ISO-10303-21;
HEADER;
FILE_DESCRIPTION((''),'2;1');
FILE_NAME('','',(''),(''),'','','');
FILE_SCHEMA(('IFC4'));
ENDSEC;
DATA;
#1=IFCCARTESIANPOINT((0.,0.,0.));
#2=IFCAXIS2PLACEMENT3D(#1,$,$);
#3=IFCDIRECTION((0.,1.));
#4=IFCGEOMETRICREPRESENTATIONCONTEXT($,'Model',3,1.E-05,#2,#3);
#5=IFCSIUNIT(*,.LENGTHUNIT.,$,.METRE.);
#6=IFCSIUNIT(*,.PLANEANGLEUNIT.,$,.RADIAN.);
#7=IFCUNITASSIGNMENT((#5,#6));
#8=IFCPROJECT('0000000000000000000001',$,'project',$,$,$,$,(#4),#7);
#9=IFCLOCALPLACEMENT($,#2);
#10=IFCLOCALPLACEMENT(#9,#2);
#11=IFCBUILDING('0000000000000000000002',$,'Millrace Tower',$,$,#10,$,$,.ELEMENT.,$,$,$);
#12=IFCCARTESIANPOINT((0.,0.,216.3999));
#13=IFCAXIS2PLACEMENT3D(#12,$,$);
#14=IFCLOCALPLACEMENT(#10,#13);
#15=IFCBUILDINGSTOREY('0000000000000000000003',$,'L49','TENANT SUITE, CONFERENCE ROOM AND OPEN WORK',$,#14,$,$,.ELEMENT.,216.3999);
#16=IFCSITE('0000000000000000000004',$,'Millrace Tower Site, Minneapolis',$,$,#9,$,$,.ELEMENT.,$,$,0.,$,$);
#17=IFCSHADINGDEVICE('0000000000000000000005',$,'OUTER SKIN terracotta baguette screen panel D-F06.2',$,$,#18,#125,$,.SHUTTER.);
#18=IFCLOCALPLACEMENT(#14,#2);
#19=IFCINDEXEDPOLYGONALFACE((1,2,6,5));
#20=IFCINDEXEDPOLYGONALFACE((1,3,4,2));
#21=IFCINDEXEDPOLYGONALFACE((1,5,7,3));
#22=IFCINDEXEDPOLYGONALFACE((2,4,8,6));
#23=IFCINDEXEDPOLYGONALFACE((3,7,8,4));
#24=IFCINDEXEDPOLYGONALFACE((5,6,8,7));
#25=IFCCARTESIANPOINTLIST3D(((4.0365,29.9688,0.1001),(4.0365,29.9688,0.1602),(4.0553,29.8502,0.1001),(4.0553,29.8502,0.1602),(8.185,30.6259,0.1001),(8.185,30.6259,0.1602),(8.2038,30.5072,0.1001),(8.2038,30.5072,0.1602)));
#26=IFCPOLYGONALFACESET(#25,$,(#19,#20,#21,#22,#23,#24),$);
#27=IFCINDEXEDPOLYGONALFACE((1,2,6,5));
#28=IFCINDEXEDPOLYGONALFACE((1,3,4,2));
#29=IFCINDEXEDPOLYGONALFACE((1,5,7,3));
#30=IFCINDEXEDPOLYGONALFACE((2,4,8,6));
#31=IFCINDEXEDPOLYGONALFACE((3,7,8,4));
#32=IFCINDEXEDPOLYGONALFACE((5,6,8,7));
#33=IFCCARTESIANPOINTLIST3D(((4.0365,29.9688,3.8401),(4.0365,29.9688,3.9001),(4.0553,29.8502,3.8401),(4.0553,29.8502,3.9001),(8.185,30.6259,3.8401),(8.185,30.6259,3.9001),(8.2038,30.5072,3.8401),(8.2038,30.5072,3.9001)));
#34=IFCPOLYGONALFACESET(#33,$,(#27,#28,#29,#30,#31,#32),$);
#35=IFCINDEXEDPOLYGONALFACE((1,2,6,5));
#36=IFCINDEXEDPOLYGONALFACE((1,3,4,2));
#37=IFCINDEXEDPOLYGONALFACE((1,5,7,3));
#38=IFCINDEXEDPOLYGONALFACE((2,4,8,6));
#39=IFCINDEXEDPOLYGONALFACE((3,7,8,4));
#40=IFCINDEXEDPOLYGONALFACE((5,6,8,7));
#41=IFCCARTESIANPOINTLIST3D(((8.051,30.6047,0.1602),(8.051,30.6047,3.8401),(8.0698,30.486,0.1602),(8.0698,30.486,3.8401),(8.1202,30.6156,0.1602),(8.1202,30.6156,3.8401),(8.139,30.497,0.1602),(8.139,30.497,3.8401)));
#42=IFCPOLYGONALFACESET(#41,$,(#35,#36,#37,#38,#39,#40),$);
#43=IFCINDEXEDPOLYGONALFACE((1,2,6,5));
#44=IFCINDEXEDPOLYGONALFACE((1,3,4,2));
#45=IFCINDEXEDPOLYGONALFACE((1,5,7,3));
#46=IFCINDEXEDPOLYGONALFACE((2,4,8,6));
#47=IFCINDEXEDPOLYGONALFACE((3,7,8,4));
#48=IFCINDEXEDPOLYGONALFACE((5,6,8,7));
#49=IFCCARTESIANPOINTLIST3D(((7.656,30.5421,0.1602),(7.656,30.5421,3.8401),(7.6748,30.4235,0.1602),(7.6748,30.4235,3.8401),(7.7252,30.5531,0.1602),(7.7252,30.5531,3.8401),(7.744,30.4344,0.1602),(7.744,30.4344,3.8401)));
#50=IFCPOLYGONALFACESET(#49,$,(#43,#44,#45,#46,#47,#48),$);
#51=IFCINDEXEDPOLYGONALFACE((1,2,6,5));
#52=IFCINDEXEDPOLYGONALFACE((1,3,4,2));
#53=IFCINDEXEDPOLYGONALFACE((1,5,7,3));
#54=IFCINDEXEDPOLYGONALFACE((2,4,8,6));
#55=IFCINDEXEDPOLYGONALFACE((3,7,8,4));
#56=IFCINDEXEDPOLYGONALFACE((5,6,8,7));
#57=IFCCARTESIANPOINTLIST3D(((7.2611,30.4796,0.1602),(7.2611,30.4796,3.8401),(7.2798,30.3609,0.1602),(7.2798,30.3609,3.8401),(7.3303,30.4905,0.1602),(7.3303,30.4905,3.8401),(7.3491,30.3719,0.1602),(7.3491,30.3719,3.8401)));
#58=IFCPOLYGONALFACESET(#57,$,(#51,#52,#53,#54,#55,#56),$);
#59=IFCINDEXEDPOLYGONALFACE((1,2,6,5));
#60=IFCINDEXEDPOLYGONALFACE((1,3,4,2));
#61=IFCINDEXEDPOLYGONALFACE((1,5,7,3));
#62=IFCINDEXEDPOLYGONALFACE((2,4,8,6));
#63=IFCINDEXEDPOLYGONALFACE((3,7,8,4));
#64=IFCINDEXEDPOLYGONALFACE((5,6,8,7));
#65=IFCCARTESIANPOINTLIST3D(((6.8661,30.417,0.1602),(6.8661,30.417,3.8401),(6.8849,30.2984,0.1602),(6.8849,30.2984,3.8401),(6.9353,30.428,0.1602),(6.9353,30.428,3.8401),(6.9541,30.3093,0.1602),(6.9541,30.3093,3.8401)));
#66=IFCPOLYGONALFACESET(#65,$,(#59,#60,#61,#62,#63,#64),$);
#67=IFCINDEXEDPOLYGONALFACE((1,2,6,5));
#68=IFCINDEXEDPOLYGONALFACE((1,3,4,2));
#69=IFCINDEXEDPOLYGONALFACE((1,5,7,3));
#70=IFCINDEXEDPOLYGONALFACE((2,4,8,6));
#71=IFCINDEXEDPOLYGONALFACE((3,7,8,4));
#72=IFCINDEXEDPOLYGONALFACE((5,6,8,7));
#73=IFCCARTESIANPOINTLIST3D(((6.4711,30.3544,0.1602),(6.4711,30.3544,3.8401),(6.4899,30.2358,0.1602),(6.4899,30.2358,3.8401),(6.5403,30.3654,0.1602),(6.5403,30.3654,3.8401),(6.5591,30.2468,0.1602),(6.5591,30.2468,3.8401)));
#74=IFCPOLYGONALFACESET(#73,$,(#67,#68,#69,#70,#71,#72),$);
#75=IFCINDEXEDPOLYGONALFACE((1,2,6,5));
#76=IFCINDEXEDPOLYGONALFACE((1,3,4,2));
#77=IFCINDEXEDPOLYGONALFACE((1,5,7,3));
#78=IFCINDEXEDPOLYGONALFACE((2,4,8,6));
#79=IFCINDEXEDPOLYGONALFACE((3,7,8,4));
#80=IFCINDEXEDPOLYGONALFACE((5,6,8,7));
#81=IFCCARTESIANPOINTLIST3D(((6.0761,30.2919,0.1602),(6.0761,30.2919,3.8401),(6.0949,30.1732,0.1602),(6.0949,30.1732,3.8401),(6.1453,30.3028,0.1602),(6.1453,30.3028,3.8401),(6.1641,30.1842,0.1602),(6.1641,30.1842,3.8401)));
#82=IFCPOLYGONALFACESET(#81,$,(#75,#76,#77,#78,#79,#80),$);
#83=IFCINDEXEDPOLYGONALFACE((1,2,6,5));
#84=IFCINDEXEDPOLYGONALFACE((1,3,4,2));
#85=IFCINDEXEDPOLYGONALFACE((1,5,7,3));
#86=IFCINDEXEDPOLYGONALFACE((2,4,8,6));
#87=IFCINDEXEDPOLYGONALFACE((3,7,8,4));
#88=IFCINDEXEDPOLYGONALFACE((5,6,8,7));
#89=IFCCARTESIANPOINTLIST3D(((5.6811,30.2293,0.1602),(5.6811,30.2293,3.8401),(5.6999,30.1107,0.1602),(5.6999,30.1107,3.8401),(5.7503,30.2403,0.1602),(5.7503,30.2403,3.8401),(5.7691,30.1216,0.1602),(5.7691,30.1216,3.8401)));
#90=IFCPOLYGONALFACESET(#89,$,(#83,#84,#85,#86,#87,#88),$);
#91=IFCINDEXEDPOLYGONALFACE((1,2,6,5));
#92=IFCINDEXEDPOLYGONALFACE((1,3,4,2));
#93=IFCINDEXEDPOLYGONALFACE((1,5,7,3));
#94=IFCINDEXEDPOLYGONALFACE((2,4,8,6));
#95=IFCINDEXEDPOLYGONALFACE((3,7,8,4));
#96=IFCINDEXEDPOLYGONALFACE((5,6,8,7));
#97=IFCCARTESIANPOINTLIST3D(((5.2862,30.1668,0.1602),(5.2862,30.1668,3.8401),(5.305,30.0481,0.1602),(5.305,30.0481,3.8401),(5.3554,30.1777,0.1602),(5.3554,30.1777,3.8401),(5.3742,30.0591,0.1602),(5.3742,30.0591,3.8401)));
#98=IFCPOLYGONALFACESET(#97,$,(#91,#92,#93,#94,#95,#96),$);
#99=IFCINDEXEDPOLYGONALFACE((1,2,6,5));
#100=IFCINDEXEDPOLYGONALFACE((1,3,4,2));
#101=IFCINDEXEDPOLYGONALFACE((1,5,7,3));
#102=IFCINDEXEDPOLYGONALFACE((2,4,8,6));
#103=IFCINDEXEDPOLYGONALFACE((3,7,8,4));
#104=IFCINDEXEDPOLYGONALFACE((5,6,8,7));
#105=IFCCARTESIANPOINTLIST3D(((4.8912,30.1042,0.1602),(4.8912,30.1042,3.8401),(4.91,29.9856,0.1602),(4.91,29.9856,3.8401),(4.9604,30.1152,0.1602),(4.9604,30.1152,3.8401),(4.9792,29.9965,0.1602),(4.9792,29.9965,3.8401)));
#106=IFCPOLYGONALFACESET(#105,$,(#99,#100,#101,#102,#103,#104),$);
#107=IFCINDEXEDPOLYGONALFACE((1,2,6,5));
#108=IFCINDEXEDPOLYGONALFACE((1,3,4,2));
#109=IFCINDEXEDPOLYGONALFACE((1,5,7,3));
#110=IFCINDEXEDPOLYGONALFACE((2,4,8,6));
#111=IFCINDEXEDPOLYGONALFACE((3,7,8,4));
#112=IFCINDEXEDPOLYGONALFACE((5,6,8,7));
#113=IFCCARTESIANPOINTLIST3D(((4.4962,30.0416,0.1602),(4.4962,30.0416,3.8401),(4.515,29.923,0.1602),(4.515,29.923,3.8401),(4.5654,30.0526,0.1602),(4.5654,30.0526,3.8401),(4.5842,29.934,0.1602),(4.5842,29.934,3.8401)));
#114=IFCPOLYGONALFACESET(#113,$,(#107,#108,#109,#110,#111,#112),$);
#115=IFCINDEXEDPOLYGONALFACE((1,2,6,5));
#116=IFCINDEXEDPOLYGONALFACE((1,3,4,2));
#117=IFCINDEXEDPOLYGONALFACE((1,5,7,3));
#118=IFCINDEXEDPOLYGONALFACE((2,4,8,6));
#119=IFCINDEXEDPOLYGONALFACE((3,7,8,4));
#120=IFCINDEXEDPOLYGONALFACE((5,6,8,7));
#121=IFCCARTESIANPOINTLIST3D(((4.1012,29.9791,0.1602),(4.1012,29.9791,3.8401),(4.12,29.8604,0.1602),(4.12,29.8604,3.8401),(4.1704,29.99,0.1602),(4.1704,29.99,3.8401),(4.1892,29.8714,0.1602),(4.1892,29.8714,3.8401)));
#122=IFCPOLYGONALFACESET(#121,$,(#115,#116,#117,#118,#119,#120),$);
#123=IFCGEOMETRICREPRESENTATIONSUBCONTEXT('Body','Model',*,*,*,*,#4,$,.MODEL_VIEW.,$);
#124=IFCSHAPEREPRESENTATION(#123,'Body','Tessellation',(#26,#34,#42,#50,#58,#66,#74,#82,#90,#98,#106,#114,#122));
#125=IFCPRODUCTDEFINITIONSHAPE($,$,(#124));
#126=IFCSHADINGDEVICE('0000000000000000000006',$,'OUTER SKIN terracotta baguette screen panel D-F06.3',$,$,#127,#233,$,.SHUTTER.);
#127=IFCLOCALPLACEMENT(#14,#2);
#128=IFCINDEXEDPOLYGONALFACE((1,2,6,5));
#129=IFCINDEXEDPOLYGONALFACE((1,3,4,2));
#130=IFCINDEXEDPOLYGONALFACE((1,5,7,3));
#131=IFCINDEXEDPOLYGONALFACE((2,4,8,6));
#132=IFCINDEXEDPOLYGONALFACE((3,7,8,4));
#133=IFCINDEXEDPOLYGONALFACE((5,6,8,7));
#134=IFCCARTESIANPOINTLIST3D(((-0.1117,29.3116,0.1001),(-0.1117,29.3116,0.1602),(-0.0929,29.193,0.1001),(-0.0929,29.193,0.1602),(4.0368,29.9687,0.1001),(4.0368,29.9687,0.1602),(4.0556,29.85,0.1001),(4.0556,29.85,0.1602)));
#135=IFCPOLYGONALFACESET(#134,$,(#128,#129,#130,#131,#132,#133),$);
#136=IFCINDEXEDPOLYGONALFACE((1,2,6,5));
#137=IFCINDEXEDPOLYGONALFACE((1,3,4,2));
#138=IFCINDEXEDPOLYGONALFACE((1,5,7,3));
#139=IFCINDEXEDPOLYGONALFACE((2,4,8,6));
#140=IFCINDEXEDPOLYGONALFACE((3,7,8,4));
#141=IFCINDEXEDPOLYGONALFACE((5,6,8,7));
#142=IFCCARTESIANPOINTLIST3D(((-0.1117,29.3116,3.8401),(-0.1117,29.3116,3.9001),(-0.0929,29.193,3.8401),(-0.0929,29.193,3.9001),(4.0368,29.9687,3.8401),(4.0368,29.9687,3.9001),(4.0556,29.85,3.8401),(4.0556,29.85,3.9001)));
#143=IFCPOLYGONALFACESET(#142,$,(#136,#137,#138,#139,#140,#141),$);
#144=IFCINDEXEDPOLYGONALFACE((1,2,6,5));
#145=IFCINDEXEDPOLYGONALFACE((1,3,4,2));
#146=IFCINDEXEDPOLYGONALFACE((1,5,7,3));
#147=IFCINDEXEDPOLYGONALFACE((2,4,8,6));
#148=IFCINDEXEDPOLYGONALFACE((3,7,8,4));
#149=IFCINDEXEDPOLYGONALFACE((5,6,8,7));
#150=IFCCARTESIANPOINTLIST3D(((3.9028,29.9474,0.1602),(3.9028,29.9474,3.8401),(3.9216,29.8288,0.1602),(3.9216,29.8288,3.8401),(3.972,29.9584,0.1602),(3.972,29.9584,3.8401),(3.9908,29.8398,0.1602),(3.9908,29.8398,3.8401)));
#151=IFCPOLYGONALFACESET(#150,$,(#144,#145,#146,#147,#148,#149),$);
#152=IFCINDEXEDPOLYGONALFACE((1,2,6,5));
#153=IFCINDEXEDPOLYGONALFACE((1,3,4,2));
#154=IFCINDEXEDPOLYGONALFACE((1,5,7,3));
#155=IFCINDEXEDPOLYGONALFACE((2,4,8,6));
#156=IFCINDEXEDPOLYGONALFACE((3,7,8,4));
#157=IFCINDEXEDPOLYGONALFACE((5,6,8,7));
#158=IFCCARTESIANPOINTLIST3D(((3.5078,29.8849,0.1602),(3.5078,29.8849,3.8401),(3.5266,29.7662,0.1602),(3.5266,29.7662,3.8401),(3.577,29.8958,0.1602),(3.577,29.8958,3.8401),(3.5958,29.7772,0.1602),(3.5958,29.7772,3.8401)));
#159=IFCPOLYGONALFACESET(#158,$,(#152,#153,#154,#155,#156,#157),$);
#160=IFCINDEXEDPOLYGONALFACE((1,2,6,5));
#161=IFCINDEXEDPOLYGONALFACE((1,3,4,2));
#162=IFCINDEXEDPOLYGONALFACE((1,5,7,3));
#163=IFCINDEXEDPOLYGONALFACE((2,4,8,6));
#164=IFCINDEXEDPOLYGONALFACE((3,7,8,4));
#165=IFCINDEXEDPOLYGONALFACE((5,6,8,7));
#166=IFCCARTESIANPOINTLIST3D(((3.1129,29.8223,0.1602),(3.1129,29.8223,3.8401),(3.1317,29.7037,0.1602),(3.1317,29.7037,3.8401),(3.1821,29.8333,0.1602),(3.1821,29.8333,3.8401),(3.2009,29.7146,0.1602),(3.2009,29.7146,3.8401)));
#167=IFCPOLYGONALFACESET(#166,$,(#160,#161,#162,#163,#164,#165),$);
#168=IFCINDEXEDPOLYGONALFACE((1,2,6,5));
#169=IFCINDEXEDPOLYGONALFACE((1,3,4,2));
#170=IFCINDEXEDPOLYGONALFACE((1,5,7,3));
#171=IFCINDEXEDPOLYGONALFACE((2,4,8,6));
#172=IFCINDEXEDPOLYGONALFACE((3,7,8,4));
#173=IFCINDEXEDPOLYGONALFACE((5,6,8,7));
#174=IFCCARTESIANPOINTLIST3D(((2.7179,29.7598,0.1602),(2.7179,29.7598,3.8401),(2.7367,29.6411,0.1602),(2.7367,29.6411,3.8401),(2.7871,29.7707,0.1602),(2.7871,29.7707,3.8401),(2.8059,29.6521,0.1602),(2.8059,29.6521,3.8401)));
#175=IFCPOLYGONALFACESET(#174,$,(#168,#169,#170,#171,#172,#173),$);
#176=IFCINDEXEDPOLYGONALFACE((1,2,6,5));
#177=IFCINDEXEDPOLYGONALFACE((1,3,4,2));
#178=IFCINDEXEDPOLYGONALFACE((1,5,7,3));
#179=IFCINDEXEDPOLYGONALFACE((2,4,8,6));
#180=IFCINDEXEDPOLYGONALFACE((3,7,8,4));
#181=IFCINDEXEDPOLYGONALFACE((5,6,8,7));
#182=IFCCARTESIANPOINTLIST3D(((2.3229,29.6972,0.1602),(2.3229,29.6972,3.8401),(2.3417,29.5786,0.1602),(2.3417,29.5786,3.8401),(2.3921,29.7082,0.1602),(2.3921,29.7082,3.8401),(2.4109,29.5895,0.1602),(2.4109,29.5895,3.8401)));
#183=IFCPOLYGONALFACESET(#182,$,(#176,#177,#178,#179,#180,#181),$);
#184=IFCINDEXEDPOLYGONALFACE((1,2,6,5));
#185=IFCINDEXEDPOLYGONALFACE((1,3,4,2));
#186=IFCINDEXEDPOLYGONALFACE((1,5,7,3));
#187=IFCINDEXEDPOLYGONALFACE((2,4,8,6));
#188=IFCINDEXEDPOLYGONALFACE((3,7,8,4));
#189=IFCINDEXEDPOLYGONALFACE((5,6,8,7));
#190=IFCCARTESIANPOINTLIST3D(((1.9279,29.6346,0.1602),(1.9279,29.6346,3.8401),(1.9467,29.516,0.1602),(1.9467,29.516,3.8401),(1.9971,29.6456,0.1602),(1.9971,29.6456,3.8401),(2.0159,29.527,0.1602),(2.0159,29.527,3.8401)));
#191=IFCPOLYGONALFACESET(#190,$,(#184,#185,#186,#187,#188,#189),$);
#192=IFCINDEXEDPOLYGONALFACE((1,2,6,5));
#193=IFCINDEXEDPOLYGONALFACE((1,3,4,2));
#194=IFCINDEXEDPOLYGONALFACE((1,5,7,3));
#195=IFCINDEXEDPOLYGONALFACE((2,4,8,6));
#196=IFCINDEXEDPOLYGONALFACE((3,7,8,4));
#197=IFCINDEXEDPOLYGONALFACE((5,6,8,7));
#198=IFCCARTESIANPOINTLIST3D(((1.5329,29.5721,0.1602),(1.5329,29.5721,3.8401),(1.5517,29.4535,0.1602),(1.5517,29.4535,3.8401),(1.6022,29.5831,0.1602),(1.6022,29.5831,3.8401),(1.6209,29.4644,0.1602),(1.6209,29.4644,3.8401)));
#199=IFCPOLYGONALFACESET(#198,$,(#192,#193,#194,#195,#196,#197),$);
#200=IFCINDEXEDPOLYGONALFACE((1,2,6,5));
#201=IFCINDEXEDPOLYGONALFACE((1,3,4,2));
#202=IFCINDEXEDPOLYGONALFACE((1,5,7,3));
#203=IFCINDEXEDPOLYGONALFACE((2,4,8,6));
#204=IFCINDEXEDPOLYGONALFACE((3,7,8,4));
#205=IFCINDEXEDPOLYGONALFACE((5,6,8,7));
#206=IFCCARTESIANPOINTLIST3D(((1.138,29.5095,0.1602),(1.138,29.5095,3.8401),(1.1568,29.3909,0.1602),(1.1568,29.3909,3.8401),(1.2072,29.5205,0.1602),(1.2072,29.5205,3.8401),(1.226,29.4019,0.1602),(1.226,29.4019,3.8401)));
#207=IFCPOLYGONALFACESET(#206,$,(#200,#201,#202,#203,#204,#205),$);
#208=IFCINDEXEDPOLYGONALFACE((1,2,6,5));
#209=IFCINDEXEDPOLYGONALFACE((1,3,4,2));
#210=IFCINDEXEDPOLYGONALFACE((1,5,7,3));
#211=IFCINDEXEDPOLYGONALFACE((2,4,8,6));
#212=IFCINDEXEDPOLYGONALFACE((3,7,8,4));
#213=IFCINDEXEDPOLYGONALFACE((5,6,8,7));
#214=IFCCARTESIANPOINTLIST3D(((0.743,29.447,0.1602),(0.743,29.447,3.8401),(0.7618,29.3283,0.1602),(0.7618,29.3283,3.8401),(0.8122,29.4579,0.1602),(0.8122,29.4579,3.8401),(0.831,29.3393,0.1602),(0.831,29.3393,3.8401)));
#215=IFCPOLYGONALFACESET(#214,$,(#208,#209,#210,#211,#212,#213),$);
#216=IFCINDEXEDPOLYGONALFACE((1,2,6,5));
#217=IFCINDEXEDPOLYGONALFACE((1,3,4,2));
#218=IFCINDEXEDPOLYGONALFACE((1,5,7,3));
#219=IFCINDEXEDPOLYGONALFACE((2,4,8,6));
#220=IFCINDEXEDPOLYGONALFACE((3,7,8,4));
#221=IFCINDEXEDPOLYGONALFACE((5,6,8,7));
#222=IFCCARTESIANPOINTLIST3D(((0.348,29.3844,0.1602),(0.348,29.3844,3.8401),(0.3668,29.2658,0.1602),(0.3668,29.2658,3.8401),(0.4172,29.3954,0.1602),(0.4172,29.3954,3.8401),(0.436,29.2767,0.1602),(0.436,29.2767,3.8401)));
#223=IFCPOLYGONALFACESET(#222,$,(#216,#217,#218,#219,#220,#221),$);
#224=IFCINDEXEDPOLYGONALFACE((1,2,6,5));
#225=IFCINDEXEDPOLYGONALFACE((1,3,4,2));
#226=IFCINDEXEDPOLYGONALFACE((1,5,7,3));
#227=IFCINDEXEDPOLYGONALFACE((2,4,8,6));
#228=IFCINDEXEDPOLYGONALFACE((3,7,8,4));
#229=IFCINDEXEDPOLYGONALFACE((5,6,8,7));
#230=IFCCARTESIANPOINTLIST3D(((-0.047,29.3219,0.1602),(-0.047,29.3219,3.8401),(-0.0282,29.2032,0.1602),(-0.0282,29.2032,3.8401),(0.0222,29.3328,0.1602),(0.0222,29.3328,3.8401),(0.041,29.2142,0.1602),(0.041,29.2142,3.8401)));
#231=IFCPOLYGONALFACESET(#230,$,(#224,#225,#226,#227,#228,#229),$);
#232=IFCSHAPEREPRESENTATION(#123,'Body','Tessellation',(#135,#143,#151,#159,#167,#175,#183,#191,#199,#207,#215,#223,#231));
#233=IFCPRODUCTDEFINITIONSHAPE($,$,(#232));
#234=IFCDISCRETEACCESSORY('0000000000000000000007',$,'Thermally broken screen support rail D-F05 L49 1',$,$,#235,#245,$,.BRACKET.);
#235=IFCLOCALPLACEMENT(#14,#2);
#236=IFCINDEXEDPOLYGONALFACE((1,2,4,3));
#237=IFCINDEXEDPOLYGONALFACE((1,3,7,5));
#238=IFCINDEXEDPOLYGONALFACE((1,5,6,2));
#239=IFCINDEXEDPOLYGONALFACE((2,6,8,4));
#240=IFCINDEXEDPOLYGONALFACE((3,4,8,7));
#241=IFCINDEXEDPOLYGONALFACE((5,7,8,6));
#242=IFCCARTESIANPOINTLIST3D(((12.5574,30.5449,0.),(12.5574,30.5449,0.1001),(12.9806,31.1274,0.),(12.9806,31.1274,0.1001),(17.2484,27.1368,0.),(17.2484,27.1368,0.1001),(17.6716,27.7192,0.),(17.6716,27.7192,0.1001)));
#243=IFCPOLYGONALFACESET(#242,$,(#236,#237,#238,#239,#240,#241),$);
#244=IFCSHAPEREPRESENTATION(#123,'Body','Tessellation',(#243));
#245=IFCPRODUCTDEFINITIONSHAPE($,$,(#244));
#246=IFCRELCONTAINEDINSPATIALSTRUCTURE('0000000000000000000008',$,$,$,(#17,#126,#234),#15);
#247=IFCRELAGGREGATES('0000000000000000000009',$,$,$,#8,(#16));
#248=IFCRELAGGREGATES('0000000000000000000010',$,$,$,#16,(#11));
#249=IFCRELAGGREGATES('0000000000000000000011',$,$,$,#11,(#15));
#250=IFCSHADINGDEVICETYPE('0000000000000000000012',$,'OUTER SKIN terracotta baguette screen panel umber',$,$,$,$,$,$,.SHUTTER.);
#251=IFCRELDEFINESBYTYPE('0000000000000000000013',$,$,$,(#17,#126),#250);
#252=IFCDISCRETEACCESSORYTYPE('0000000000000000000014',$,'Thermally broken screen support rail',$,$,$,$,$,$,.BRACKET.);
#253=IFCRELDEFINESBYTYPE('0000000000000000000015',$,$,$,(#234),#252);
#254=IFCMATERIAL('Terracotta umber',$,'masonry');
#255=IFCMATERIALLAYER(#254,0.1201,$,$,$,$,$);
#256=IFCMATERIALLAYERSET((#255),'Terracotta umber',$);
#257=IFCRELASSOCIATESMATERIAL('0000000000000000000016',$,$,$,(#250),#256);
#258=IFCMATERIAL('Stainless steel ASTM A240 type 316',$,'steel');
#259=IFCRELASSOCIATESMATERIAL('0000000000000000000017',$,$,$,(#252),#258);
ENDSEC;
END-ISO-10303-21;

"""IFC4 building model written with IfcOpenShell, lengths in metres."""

from ifc_helpers import new_model, entity, si_unit, direction, frame, frame_2d, origin, origin_2d, place, context, subcontext, project, spatial, rectangle, extrude, source, transform, mapped, material, layer, layer_set, type_object, element, save


model = new_model("IFC4")

# Units and contexts
model_context = context("Model", 3, precision=1e-05, world=origin(), true_north=direction((0.0, 1.0)))
body_context = subcontext(model_context, "Body", "Model", "MODEL_VIEW")
ifc_project = project(units=[si_unit("LENGTHUNIT", "METRE"), si_unit("PLANEANGLEUNIT", "RADIAN")], contexts=[model_context])

# Site, building, storey
site_placement = place(None, origin())
site = spatial("IfcSite", under=ifc_project, at=site_placement, Name="Millrace Tower Site, Minneapolis", CompositionType="ELEMENT", RefElevation=0.0)
building_placement = place(site_placement, origin())
building = spatial("IfcBuilding", under=site, at=building_placement, Name="Millrace Tower", CompositionType="ELEMENT")
storey_placement = place(building_placement, frame((0.0, 0.0, 216.3999)))
storey = spatial("IfcBuildingStorey", under=building, at=storey_placement, Name="L49", Description="TENANT SUITE, CONFERENCE ROOM AND OPEN WORK", CompositionType="ELEMENT", Elevation=216.3999)

# Shading devices
ifc_material_1 = material(Name="Terracotta umber", Category="masonry")
ifc_layer_1 = layer(ifc_material_1, 0.1201)
ifc_layer_set_1 = layer_set([ifc_layer_1], Name="Terracotta umber")
shading_device_type = type_object("IfcShadingDeviceType", Name="OUTER SKIN terracotta baguette screen panel umber", PredefinedType="SHUTTER", material=ifc_layer_set_1)
cartesian_point_1 = entity("IfcCartesianPoint", [-2.1001, 0.0601])
shared_polyline_1 = entity("IfcPolyline", [cartesian_point_1, entity("IfcCartesianPoint", [2.1001, 0.0601]), entity("IfcCartesianPoint", [2.1001, -0.0601]), entity("IfcCartesianPoint", [-2.1001, -0.0601]), cartesian_point_1])
shared_shape_1 = source(origin(), body_context, "Body", "SweptSolid", [
    entity("IfcExtrudedAreaSolid", entity("IfcArbitraryClosedProfileDef", "AREA", None, shared_polyline_1), entity("IfcAxis2Placement3D", entity("IfcCartesianPoint", [0.0, 0.0, 0.0])), entity("IfcDirection", [0.0, 0.0, 1.0]), 0.0601),
    entity("IfcExtrudedAreaSolid", entity("IfcArbitraryClosedProfileDef", "AREA", None, shared_polyline_1), entity("IfcAxis2Placement3D", entity("IfcCartesianPoint", [0.0, 0.0, 3.74])), entity("IfcDirection", [0.0, 0.0, 1.0]), 0.0601),
    extrude(rectangle(XDim=0.0701, YDim=0.1201, at=frame_2d((-1.9995, 0.0))), frame((0.0, 0.0, 0.0601)), (0.0, 0.0, 1.0), 3.6799),
    extrude(rectangle(XDim=0.0701, YDim=0.1201, at=frame_2d((-1.5996, 0.0))), frame((0.0, 0.0, 0.0601)), (0.0, 0.0, 1.0), 3.6799),
    extrude(rectangle(XDim=0.0701, YDim=0.1201, at=frame_2d((-1.1997, 0.0))), frame((0.0, 0.0, 0.0601)), (0.0, 0.0, 1.0), 3.6799),
    extrude(rectangle(XDim=0.0701, YDim=0.1201, at=frame_2d((-0.7998, 0.0))), frame((0.0, 0.0, 0.0601)), (0.0, 0.0, 1.0), 3.6799),
    extrude(rectangle(XDim=0.0701, YDim=0.1201, at=frame_2d((-0.3999, 0.0))), frame((0.0, 0.0, 0.0601)), (0.0, 0.0, 1.0), 3.6799),
    extrude(rectangle(XDim=0.0701, YDim=0.1201, at=origin_2d()), frame((0.0, 0.0, 0.0601)), (0.0, 0.0, 1.0), 3.6799),
    extrude(rectangle(XDim=0.0701, YDim=0.1201, at=frame_2d((0.3999, 0.0))), frame((0.0, 0.0, 0.0601)), (0.0, 0.0, 1.0), 3.6799),
    extrude(rectangle(XDim=0.0701, YDim=0.1201, at=frame_2d((0.7998, 0.0))), frame((0.0, 0.0, 0.0601)), (0.0, 0.0, 1.0), 3.6799),
    extrude(rectangle(XDim=0.0701, YDim=0.1201, at=frame_2d((1.1997, 0.0))), frame((0.0, 0.0, 0.0601)), (0.0, 0.0, 1.0), 3.6799),
    extrude(rectangle(XDim=0.0701, YDim=0.1201, at=frame_2d((1.5996, 0.0))), frame((0.0, 0.0, 0.0601)), (0.0, 0.0, 1.0), 3.6799),
    extrude(rectangle(XDim=0.0701, YDim=0.1201, at=frame_2d((1.9995, 0.0))), frame((0.0, 0.0, 0.0601)), (0.0, 0.0, 1.0), 3.6799),
])
for number, where, z_axis, x_axis, name in (
    (1, (6.1201, 30.238, 0.1001), (0.0, 0.0, 1.0), (-0.987688, -0.156434, 0.0), "OUTER SKIN terracotta baguette screen panel D-F06.2"),
    (2, (1.9719, 29.5808, 0.1001), (0.0, 0.0, 1.0), (-0.987688, -0.156434, 0.0), "OUTER SKIN terracotta baguette screen panel D-F06.3"),
):
    element("IfcShadingDevice", number, at=place(storey_placement, frame(where, z_axis=z_axis, x_axis=x_axis)), inside=storey, type_object=shading_device_type, Name=name, PredefinedType="SHUTTER", context=body_context, shape_type="MappedRepresentation", body=[
        mapped(shared_shape_1, transform((0.0, 0.0, 0.0), scale=1.0)),
    ])

# Discrete accessory
ifc_material_2 = material(Name="Stainless steel ASTM A240 type 316", Category="steel")
discrete_accessory_type = type_object("IfcDiscreteAccessoryType", Name="Thermally broken screen support rail", PredefinedType="BRACKET", material=ifc_material_2)
discrete_accessory_placement = place(storey_placement, frame((15.1145, 29.1321, 0.0), z_axis=(0.0, 0.0, 1.0), x_axis=(-0.809017, 0.587785, 0.0)))
element("IfcDiscreteAccessory", 3, at=discrete_accessory_placement, inside=storey, type_object=discrete_accessory_type, Name="Thermally broken screen support rail D-F05 L49 1", PredefinedType="BRACKET", context=body_context, shape_type="SweptSolid", body=[
    extrude(rectangle(XDim=5.7983, YDim=0.72, at=origin_2d()), origin(), (0.0, 0.0, 1.0), 0.1001),
])

save(model, "model.ifc")
